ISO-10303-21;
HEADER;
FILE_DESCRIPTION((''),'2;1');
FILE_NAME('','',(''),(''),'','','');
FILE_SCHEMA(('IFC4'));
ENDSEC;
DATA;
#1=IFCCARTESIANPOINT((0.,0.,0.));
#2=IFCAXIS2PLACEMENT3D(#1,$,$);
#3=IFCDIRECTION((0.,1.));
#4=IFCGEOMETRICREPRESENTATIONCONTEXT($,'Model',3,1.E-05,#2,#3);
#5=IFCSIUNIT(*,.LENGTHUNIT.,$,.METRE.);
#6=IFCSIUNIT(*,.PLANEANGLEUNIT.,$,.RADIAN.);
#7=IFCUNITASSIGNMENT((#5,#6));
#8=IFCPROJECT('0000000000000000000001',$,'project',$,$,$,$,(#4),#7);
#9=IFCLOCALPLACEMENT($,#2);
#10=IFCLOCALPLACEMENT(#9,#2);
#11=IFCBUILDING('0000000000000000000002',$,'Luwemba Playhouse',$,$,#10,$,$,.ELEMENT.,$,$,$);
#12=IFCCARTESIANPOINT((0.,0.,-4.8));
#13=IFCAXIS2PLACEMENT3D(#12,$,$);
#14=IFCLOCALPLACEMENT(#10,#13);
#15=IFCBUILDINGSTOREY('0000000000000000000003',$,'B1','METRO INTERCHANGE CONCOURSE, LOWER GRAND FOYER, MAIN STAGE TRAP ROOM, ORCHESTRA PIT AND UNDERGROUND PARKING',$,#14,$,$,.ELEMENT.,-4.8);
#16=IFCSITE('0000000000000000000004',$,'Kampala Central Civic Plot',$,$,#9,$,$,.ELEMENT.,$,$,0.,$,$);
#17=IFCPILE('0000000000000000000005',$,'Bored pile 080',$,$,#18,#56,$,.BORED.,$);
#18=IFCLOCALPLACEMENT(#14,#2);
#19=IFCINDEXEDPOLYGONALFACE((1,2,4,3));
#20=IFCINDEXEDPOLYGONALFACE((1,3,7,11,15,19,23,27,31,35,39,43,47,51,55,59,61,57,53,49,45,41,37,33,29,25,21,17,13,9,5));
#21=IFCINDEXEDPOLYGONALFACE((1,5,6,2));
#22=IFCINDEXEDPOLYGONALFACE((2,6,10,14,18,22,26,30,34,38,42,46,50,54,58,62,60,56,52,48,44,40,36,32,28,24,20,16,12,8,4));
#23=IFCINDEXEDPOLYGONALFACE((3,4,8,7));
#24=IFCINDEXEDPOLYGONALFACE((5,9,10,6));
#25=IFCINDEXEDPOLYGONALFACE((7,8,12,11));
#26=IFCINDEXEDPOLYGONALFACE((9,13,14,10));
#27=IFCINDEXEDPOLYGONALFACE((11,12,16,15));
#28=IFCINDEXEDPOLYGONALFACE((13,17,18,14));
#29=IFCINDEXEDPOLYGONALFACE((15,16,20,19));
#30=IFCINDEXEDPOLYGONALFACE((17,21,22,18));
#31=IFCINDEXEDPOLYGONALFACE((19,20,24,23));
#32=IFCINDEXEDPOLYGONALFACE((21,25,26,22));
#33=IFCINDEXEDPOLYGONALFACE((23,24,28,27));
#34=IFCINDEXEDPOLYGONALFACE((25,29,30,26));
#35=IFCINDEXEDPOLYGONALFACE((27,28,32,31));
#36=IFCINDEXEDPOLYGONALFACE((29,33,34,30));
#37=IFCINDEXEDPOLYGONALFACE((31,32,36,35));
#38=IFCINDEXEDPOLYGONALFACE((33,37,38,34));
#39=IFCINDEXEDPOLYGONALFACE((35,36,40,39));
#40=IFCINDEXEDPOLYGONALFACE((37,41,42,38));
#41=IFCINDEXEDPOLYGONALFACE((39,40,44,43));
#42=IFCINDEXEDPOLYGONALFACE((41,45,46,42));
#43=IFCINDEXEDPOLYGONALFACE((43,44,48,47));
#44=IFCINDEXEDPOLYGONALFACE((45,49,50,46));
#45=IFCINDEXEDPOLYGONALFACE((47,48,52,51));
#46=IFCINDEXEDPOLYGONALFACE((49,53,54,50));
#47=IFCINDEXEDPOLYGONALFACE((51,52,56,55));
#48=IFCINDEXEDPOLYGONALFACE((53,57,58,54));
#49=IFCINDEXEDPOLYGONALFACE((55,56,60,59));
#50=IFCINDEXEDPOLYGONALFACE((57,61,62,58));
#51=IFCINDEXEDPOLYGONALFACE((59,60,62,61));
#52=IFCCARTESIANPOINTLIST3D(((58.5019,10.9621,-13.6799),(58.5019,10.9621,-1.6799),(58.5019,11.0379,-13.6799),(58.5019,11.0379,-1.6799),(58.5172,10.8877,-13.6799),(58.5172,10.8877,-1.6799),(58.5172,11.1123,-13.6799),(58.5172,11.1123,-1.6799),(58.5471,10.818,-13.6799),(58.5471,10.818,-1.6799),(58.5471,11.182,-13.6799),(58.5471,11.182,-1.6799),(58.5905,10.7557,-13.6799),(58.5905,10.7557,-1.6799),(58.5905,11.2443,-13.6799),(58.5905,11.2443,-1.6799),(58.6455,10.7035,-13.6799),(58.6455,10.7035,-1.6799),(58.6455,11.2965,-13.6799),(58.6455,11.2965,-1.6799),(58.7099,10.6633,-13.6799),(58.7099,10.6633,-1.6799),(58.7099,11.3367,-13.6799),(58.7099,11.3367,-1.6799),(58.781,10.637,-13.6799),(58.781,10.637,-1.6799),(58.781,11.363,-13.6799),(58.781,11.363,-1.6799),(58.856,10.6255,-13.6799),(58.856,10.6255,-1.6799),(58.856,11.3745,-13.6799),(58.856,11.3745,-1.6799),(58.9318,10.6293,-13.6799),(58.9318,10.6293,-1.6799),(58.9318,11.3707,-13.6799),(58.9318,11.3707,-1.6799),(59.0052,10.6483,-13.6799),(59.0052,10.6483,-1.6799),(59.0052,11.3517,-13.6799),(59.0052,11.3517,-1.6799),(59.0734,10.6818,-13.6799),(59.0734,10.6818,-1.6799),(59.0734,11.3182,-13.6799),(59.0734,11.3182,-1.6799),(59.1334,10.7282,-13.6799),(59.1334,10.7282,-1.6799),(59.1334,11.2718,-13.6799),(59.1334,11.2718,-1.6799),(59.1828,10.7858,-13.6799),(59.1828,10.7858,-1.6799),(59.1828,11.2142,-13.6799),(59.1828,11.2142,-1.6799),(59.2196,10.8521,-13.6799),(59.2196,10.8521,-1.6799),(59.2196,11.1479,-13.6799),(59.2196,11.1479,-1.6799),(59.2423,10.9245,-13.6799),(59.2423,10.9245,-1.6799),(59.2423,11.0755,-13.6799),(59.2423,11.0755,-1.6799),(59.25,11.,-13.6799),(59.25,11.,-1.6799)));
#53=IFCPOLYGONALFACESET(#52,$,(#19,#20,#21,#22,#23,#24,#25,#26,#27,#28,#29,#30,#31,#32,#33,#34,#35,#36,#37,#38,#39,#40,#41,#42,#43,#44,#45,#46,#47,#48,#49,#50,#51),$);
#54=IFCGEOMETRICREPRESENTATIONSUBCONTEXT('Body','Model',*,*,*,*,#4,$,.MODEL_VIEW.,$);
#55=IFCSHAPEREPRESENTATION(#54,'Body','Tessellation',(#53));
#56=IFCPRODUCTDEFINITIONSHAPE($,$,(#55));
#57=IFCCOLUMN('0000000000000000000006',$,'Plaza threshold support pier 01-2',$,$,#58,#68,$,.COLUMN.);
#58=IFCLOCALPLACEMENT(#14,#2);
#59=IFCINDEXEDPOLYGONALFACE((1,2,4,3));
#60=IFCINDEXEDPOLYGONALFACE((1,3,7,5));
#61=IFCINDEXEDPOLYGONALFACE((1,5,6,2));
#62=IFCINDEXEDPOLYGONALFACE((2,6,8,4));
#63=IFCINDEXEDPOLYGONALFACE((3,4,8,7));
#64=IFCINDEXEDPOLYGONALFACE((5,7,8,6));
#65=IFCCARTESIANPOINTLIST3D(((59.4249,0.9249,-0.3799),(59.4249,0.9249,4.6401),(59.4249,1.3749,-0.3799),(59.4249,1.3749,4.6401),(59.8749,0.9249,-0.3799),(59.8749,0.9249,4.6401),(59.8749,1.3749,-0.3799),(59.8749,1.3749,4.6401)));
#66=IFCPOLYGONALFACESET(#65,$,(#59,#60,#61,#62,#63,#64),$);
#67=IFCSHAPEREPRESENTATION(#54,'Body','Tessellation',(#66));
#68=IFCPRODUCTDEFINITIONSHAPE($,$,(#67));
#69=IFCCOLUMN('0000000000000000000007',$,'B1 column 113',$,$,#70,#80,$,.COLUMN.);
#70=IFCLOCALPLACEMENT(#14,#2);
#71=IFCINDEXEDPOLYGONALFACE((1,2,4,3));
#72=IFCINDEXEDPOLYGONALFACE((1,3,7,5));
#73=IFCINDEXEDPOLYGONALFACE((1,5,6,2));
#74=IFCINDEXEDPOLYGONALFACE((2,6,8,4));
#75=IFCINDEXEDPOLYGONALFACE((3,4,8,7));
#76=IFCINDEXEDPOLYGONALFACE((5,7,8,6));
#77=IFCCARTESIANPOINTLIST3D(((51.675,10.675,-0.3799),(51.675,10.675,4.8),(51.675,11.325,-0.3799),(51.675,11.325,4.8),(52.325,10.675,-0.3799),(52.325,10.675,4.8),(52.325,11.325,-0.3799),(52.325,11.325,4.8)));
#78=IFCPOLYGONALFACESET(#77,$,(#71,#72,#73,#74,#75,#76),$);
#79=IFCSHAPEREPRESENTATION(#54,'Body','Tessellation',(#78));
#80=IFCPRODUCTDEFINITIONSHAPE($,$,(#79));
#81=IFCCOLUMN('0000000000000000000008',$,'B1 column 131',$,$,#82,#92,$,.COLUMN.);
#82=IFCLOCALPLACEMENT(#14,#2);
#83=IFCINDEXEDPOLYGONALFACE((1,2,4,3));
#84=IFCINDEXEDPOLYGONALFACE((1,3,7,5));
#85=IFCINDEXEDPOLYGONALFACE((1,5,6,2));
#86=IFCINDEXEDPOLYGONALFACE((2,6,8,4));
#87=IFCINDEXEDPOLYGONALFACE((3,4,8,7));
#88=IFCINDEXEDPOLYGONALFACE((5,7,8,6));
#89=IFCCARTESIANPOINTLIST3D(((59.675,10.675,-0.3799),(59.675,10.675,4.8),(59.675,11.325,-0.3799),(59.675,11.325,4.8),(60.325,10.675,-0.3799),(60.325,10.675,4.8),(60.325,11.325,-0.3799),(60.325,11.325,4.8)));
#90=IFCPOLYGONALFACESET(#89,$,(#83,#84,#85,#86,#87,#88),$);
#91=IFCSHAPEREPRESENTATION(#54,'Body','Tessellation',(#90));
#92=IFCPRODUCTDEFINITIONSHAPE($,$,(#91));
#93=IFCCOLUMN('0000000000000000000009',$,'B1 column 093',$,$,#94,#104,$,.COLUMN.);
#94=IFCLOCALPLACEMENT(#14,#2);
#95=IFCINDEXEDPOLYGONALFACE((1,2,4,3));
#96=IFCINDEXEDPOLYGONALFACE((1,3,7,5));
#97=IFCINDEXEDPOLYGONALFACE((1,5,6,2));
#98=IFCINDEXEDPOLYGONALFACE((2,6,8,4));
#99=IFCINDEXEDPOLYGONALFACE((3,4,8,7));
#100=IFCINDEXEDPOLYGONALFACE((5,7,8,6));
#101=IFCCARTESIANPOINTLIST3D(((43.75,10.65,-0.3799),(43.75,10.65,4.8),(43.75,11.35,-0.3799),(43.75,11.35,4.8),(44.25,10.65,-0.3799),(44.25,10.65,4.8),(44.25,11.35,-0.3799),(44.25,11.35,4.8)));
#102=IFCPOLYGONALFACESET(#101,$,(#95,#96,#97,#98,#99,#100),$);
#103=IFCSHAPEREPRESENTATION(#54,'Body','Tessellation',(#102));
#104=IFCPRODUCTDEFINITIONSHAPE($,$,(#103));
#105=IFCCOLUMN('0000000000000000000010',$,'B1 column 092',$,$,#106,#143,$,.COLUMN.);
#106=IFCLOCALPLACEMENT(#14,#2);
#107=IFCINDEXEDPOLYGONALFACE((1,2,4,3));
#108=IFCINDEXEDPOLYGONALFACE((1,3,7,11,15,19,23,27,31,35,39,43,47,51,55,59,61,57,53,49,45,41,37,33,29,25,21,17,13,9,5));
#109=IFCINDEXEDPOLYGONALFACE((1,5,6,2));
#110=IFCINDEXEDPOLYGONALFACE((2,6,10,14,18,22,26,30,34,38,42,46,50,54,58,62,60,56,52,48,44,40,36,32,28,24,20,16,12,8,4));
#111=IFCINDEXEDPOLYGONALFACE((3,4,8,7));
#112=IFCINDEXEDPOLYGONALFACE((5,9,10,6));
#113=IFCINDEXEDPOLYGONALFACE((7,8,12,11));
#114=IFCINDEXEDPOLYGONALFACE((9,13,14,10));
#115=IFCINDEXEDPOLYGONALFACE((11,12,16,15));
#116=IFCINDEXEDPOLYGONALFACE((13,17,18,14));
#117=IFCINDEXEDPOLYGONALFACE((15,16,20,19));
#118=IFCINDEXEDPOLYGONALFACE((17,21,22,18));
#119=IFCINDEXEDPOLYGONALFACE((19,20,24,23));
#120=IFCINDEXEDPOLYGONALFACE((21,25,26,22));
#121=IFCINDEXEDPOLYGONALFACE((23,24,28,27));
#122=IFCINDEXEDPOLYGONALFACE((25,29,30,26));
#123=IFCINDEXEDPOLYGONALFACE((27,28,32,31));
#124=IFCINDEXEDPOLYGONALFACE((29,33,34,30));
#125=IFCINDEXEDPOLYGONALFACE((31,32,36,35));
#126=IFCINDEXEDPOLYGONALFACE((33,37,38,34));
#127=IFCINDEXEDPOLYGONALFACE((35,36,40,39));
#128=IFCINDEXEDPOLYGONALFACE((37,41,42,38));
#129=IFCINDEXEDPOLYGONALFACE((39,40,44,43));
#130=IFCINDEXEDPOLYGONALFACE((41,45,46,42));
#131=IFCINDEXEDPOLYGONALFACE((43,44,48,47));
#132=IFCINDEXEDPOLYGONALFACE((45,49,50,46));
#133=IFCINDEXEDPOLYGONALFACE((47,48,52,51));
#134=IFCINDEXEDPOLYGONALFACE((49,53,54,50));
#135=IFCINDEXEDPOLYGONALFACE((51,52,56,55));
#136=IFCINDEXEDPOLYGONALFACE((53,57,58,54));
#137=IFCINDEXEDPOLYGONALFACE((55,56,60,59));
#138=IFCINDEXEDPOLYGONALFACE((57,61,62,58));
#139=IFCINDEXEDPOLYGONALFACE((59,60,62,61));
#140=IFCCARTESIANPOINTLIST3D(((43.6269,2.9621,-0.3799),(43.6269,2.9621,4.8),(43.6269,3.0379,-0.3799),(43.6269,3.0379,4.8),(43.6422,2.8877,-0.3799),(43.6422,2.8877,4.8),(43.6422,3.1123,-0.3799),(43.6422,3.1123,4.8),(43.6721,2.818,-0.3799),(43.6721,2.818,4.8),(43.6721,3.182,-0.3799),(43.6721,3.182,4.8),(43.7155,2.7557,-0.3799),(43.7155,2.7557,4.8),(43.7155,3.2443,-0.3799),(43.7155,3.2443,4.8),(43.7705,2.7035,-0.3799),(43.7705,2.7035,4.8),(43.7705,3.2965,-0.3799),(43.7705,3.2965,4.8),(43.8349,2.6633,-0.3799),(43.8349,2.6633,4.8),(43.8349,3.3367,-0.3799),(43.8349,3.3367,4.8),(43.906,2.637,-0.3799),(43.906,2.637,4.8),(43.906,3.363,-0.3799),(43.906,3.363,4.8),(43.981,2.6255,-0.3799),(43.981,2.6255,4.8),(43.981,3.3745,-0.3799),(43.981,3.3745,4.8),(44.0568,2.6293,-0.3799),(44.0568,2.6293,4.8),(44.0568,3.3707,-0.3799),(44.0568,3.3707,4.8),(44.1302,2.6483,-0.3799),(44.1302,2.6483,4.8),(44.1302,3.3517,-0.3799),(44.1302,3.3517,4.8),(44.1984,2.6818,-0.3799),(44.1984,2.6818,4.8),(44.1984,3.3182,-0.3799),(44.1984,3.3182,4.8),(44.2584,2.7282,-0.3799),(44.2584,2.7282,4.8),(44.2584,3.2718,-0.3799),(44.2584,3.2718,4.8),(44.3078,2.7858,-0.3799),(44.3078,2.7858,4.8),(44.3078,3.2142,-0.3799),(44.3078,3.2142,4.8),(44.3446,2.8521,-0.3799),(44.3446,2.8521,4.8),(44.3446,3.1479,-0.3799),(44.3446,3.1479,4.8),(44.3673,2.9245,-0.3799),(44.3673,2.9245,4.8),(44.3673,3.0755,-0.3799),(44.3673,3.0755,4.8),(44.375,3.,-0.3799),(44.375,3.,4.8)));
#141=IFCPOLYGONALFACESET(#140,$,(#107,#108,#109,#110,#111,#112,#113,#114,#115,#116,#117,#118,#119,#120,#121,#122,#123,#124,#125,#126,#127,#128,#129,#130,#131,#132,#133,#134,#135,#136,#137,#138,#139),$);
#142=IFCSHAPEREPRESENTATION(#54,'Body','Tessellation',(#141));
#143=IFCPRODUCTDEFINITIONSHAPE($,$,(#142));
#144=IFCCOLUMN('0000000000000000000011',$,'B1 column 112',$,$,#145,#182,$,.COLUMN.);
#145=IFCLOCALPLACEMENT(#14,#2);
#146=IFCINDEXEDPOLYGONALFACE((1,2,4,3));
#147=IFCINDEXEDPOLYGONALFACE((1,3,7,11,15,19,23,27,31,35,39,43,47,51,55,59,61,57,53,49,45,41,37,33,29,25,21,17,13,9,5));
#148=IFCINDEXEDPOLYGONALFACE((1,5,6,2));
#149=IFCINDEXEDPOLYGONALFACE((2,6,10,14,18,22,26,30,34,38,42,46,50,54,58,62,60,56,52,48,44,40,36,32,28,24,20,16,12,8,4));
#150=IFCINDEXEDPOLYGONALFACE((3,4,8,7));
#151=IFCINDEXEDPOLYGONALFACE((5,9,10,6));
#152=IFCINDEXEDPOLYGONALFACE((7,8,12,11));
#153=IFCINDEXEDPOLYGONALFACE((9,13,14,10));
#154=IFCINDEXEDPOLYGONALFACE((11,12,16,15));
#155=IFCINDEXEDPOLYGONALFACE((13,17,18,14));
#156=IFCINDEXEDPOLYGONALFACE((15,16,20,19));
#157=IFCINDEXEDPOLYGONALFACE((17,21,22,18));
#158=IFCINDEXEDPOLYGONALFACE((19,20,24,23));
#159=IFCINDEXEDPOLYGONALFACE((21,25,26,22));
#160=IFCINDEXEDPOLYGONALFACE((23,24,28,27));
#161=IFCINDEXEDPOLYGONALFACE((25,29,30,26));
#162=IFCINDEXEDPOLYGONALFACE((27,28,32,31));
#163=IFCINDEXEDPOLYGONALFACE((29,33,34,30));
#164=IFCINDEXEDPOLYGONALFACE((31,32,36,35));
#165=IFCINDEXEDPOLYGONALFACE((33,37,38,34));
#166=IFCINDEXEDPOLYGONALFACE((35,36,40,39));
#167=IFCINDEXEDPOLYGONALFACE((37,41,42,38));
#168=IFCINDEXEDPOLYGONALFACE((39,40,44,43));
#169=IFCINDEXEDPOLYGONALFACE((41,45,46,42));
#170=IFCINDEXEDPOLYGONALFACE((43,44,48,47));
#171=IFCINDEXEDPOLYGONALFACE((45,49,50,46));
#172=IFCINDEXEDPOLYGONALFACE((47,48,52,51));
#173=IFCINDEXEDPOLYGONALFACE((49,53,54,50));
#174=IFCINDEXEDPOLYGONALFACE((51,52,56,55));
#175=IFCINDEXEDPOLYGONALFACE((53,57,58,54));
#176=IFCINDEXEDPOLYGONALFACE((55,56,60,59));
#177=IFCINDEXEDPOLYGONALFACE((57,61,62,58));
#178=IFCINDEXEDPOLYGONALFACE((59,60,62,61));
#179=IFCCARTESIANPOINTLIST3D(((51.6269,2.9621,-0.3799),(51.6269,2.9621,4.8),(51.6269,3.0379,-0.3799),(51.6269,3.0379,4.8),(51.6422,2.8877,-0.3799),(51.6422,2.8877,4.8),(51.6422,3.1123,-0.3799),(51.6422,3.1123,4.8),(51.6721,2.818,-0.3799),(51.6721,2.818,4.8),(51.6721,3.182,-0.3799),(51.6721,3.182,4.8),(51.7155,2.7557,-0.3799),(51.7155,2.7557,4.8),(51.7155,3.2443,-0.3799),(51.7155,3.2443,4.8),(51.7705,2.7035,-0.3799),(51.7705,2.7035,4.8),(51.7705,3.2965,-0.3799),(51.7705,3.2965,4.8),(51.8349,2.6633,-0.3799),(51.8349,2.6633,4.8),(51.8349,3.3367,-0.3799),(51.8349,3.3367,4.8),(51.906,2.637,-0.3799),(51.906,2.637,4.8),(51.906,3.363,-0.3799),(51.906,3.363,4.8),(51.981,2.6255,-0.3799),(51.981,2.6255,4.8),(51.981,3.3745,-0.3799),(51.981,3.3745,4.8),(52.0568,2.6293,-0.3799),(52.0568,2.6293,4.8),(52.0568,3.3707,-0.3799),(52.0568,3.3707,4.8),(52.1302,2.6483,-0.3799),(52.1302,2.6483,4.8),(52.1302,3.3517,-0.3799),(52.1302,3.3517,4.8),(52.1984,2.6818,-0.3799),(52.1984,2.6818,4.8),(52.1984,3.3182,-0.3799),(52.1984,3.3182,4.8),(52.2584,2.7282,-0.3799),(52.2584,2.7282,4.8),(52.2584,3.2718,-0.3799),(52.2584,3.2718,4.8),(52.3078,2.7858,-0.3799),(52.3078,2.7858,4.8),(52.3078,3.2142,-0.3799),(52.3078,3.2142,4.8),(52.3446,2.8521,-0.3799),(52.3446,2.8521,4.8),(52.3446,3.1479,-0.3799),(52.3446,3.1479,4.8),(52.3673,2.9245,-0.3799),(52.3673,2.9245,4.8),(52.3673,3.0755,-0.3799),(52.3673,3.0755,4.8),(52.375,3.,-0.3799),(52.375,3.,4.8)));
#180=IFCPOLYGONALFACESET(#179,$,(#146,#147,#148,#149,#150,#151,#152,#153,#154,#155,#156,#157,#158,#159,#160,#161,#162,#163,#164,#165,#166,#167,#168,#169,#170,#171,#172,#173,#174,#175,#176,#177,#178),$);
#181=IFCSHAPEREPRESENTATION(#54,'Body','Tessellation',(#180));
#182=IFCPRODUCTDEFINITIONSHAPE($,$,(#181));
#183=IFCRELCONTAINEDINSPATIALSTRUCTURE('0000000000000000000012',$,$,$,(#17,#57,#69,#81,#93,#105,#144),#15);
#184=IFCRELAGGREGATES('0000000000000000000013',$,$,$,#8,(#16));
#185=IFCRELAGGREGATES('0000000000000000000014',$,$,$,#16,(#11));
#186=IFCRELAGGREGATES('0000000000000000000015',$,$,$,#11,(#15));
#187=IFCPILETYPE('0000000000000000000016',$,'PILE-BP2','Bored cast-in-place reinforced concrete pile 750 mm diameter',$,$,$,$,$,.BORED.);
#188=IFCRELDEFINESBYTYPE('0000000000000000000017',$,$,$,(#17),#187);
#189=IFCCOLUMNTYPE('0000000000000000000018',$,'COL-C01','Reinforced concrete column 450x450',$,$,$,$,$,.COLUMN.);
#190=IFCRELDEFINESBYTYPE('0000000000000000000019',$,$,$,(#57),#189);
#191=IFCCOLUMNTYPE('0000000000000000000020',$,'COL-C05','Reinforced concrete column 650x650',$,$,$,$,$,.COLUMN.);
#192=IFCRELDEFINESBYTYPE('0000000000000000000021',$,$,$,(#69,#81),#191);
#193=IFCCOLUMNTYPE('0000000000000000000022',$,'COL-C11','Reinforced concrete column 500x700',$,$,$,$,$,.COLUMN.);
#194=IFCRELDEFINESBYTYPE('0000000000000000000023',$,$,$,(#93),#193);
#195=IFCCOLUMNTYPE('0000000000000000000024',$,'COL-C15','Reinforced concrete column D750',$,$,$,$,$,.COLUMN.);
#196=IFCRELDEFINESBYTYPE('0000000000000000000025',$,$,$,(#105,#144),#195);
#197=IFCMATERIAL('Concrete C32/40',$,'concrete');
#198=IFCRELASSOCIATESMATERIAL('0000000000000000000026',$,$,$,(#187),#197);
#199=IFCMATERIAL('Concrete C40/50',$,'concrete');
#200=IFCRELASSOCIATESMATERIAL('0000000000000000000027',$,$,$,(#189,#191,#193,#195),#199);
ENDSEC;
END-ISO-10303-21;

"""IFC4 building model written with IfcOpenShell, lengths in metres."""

from ifc_helpers import new_model, si_unit, direction, frame, origin, origin_2d, place, context, subcontext, project, spatial, rectangle, circle, extrude, material, material_profile, profile_set, type_object, element, save


model = new_model("IFC4")

# Units and contexts
model_context = context("Model", 3, precision=1e-05, world=origin(), true_north=direction((0.0, 1.0)))
body_context = subcontext(model_context, "Body", "Model", "MODEL_VIEW")
ifc_project = project(units=[si_unit("LENGTHUNIT", "METRE"), si_unit("PLANEANGLEUNIT", "RADIAN")], contexts=[model_context])

# Site, building, storey
site_placement = place(None, origin())
site = spatial("IfcSite", under=ifc_project, at=site_placement, Name="Kampala Central Civic Plot", CompositionType="ELEMENT", RefElevation=0.0)
building_placement = place(site_placement, origin())
building = spatial("IfcBuilding", under=site, at=building_placement, Name="Luwemba Playhouse", CompositionType="ELEMENT")
storey_placement = place(building_placement, frame((0.0, 0.0, -4.8)))
storey = spatial("IfcBuildingStorey", under=building, at=storey_placement, Name="B1", Description="METRO INTERCHANGE CONCOURSE, LOWER GRAND FOYER, MAIN STAGE TRAP ROOM, ORCHESTRA PIT AND UNDERGROUND PARKING", CompositionType="ELEMENT", Elevation=-4.8)

# Shared definitions
ifc_material_1 = material(Name="Concrete C32/40", Category="concrete")

# Pile
ifc_material_profile_1 = material_profile(ifc_material_1, circle(Radius=0.375, at=origin_2d()))
ifc_profile_set_1 = profile_set([ifc_material_profile_1], Name="Concrete C32/40")
pile_type_1 = type_object("IfcPileType", Name="PILE-BP2", Description="Bored cast-in-place reinforced concrete pile 750 mm diameter", PredefinedType="BORED", material=ifc_profile_set_1)
for number, where, z_axis, x_axis, name in (
    (1, (58.875, 11.0, -1.6799), (0.0, 0.0, -1.0), (1.0, 0.0, 0.0), "Bored pile 080"),
):
    element("IfcPile", number, at=place(storey_placement, frame(where, z_axis=z_axis, x_axis=x_axis)), inside=storey, type_object=pile_type_1, Name=name, PredefinedType="BORED", context=body_context, shape_type="SweptSolid", body=[
        extrude(circle(Radius=0.375, at=origin_2d()), origin(), (0.0, 0.0, 1.0), 12.0),
    ])

# Columns
ifc_material_2 = material(Name="Concrete C40/50", Category="concrete")
ifc_material_profile_2 = material_profile(ifc_material_2, rectangle(XDim=0.45, YDim=0.45, at=origin_2d()))
ifc_profile_set_2 = profile_set([ifc_material_profile_2], Name="Concrete C40/50")
column_type_1 = type_object("IfcColumnType", Name="COL-C01", Description="Reinforced concrete column 450x450", PredefinedType="COLUMN", material=ifc_profile_set_2)
column_1_placement = place(storey_placement, frame((59.6499, 1.1499, -0.3799), z_axis=(0.0, 0.0, 1.0), x_axis=(1.0, 0.0, 0.0)))
element("IfcColumn", 2, at=column_1_placement, inside=storey, type_object=column_type_1, Name="Plaza threshold support pier 01-2", PredefinedType="COLUMN", context=body_context, shape_type="SweptSolid", body=[
    extrude(rectangle(XDim=0.45, YDim=0.45, at=origin_2d()), origin(), (0.0, 0.0, 1.0), 5.02),
])
ifc_material_profile_3 = material_profile(ifc_material_2, rectangle(XDim=0.6499, YDim=0.6499, at=origin_2d()))
ifc_profile_set_3 = profile_set([ifc_material_profile_3], Name="Concrete C40/50")
column_type_2 = type_object("IfcColumnType", Name="COL-C05", Description="Reinforced concrete column 650x650", PredefinedType="COLUMN", material=ifc_profile_set_3)
for number, where, z_axis, x_axis, name in (
    (3, (52.0, 11.0, -0.3799), (0.0, 0.0, 1.0), (1.0, 0.0, 0.0), "B1 column 113"),
    (4, (60.0, 11.0, -0.3799), (0.0, 0.0, 1.0), (1.0, 0.0, 0.0), "B1 column 131"),
):
    element("IfcColumn", number, at=place(storey_placement, frame(where, z_axis=z_axis, x_axis=x_axis)), inside=storey, type_object=column_type_2, Name=name, PredefinedType="COLUMN", context=body_context, shape_type="SweptSolid", body=[
        extrude(rectangle(XDim=0.6499, YDim=0.6499, at=origin_2d()), origin(), (0.0, 0.0, 1.0), 5.1799),
    ])
ifc_material_profile_4 = material_profile(ifc_material_2, rectangle(XDim=0.5, YDim=0.7, at=origin_2d()))
ifc_profile_set_4 = profile_set([ifc_material_profile_4], Name="Concrete C40/50")
column_type_3 = type_object("IfcColumnType", Name="COL-C11", Description="Reinforced concrete column 500x700", PredefinedType="COLUMN", material=ifc_profile_set_4)
column_2_placement = place(storey_placement, frame((44.0, 11.0, -0.3799), z_axis=(0.0, 0.0, 1.0), x_axis=(1.0, 0.0, 0.0)))
element("IfcColumn", 5, at=column_2_placement, inside=storey, type_object=column_type_3, Name="B1 column 093", PredefinedType="COLUMN", context=body_context, shape_type="SweptSolid", body=[
    extrude(rectangle(XDim=0.5, YDim=0.7, at=origin_2d()), origin(), (0.0, 0.0, 1.0), 5.1799),
])
ifc_material_profile_5 = material_profile(ifc_material_2, circle(Radius=0.375, at=origin_2d()))
ifc_profile_set_5 = profile_set([ifc_material_profile_5], Name="Concrete C40/50")
column_type_4 = type_object("IfcColumnType", Name="COL-C15", Description="Reinforced concrete column D750", PredefinedType="COLUMN", material=ifc_profile_set_5)
for number, where, z_axis, x_axis, name in (
    (6, (44.0, 3.0, -0.3799), (0.0, 0.0, 1.0), (1.0, 0.0, 0.0), "B1 column 092"),
    (7, (52.0, 3.0, -0.3799), (0.0, 0.0, 1.0), (1.0, 0.0, 0.0), "B1 column 112"),
):
    element("IfcColumn", number, at=place(storey_placement, frame(where, z_axis=z_axis, x_axis=x_axis)), inside=storey, type_object=column_type_4, Name=name, PredefinedType="COLUMN", context=body_context, shape_type="SweptSolid", body=[
        extrude(circle(Radius=0.375, at=origin_2d()), origin(), (0.0, 0.0, 1.0), 5.1799),
    ])

save(model, "model.ifc")
